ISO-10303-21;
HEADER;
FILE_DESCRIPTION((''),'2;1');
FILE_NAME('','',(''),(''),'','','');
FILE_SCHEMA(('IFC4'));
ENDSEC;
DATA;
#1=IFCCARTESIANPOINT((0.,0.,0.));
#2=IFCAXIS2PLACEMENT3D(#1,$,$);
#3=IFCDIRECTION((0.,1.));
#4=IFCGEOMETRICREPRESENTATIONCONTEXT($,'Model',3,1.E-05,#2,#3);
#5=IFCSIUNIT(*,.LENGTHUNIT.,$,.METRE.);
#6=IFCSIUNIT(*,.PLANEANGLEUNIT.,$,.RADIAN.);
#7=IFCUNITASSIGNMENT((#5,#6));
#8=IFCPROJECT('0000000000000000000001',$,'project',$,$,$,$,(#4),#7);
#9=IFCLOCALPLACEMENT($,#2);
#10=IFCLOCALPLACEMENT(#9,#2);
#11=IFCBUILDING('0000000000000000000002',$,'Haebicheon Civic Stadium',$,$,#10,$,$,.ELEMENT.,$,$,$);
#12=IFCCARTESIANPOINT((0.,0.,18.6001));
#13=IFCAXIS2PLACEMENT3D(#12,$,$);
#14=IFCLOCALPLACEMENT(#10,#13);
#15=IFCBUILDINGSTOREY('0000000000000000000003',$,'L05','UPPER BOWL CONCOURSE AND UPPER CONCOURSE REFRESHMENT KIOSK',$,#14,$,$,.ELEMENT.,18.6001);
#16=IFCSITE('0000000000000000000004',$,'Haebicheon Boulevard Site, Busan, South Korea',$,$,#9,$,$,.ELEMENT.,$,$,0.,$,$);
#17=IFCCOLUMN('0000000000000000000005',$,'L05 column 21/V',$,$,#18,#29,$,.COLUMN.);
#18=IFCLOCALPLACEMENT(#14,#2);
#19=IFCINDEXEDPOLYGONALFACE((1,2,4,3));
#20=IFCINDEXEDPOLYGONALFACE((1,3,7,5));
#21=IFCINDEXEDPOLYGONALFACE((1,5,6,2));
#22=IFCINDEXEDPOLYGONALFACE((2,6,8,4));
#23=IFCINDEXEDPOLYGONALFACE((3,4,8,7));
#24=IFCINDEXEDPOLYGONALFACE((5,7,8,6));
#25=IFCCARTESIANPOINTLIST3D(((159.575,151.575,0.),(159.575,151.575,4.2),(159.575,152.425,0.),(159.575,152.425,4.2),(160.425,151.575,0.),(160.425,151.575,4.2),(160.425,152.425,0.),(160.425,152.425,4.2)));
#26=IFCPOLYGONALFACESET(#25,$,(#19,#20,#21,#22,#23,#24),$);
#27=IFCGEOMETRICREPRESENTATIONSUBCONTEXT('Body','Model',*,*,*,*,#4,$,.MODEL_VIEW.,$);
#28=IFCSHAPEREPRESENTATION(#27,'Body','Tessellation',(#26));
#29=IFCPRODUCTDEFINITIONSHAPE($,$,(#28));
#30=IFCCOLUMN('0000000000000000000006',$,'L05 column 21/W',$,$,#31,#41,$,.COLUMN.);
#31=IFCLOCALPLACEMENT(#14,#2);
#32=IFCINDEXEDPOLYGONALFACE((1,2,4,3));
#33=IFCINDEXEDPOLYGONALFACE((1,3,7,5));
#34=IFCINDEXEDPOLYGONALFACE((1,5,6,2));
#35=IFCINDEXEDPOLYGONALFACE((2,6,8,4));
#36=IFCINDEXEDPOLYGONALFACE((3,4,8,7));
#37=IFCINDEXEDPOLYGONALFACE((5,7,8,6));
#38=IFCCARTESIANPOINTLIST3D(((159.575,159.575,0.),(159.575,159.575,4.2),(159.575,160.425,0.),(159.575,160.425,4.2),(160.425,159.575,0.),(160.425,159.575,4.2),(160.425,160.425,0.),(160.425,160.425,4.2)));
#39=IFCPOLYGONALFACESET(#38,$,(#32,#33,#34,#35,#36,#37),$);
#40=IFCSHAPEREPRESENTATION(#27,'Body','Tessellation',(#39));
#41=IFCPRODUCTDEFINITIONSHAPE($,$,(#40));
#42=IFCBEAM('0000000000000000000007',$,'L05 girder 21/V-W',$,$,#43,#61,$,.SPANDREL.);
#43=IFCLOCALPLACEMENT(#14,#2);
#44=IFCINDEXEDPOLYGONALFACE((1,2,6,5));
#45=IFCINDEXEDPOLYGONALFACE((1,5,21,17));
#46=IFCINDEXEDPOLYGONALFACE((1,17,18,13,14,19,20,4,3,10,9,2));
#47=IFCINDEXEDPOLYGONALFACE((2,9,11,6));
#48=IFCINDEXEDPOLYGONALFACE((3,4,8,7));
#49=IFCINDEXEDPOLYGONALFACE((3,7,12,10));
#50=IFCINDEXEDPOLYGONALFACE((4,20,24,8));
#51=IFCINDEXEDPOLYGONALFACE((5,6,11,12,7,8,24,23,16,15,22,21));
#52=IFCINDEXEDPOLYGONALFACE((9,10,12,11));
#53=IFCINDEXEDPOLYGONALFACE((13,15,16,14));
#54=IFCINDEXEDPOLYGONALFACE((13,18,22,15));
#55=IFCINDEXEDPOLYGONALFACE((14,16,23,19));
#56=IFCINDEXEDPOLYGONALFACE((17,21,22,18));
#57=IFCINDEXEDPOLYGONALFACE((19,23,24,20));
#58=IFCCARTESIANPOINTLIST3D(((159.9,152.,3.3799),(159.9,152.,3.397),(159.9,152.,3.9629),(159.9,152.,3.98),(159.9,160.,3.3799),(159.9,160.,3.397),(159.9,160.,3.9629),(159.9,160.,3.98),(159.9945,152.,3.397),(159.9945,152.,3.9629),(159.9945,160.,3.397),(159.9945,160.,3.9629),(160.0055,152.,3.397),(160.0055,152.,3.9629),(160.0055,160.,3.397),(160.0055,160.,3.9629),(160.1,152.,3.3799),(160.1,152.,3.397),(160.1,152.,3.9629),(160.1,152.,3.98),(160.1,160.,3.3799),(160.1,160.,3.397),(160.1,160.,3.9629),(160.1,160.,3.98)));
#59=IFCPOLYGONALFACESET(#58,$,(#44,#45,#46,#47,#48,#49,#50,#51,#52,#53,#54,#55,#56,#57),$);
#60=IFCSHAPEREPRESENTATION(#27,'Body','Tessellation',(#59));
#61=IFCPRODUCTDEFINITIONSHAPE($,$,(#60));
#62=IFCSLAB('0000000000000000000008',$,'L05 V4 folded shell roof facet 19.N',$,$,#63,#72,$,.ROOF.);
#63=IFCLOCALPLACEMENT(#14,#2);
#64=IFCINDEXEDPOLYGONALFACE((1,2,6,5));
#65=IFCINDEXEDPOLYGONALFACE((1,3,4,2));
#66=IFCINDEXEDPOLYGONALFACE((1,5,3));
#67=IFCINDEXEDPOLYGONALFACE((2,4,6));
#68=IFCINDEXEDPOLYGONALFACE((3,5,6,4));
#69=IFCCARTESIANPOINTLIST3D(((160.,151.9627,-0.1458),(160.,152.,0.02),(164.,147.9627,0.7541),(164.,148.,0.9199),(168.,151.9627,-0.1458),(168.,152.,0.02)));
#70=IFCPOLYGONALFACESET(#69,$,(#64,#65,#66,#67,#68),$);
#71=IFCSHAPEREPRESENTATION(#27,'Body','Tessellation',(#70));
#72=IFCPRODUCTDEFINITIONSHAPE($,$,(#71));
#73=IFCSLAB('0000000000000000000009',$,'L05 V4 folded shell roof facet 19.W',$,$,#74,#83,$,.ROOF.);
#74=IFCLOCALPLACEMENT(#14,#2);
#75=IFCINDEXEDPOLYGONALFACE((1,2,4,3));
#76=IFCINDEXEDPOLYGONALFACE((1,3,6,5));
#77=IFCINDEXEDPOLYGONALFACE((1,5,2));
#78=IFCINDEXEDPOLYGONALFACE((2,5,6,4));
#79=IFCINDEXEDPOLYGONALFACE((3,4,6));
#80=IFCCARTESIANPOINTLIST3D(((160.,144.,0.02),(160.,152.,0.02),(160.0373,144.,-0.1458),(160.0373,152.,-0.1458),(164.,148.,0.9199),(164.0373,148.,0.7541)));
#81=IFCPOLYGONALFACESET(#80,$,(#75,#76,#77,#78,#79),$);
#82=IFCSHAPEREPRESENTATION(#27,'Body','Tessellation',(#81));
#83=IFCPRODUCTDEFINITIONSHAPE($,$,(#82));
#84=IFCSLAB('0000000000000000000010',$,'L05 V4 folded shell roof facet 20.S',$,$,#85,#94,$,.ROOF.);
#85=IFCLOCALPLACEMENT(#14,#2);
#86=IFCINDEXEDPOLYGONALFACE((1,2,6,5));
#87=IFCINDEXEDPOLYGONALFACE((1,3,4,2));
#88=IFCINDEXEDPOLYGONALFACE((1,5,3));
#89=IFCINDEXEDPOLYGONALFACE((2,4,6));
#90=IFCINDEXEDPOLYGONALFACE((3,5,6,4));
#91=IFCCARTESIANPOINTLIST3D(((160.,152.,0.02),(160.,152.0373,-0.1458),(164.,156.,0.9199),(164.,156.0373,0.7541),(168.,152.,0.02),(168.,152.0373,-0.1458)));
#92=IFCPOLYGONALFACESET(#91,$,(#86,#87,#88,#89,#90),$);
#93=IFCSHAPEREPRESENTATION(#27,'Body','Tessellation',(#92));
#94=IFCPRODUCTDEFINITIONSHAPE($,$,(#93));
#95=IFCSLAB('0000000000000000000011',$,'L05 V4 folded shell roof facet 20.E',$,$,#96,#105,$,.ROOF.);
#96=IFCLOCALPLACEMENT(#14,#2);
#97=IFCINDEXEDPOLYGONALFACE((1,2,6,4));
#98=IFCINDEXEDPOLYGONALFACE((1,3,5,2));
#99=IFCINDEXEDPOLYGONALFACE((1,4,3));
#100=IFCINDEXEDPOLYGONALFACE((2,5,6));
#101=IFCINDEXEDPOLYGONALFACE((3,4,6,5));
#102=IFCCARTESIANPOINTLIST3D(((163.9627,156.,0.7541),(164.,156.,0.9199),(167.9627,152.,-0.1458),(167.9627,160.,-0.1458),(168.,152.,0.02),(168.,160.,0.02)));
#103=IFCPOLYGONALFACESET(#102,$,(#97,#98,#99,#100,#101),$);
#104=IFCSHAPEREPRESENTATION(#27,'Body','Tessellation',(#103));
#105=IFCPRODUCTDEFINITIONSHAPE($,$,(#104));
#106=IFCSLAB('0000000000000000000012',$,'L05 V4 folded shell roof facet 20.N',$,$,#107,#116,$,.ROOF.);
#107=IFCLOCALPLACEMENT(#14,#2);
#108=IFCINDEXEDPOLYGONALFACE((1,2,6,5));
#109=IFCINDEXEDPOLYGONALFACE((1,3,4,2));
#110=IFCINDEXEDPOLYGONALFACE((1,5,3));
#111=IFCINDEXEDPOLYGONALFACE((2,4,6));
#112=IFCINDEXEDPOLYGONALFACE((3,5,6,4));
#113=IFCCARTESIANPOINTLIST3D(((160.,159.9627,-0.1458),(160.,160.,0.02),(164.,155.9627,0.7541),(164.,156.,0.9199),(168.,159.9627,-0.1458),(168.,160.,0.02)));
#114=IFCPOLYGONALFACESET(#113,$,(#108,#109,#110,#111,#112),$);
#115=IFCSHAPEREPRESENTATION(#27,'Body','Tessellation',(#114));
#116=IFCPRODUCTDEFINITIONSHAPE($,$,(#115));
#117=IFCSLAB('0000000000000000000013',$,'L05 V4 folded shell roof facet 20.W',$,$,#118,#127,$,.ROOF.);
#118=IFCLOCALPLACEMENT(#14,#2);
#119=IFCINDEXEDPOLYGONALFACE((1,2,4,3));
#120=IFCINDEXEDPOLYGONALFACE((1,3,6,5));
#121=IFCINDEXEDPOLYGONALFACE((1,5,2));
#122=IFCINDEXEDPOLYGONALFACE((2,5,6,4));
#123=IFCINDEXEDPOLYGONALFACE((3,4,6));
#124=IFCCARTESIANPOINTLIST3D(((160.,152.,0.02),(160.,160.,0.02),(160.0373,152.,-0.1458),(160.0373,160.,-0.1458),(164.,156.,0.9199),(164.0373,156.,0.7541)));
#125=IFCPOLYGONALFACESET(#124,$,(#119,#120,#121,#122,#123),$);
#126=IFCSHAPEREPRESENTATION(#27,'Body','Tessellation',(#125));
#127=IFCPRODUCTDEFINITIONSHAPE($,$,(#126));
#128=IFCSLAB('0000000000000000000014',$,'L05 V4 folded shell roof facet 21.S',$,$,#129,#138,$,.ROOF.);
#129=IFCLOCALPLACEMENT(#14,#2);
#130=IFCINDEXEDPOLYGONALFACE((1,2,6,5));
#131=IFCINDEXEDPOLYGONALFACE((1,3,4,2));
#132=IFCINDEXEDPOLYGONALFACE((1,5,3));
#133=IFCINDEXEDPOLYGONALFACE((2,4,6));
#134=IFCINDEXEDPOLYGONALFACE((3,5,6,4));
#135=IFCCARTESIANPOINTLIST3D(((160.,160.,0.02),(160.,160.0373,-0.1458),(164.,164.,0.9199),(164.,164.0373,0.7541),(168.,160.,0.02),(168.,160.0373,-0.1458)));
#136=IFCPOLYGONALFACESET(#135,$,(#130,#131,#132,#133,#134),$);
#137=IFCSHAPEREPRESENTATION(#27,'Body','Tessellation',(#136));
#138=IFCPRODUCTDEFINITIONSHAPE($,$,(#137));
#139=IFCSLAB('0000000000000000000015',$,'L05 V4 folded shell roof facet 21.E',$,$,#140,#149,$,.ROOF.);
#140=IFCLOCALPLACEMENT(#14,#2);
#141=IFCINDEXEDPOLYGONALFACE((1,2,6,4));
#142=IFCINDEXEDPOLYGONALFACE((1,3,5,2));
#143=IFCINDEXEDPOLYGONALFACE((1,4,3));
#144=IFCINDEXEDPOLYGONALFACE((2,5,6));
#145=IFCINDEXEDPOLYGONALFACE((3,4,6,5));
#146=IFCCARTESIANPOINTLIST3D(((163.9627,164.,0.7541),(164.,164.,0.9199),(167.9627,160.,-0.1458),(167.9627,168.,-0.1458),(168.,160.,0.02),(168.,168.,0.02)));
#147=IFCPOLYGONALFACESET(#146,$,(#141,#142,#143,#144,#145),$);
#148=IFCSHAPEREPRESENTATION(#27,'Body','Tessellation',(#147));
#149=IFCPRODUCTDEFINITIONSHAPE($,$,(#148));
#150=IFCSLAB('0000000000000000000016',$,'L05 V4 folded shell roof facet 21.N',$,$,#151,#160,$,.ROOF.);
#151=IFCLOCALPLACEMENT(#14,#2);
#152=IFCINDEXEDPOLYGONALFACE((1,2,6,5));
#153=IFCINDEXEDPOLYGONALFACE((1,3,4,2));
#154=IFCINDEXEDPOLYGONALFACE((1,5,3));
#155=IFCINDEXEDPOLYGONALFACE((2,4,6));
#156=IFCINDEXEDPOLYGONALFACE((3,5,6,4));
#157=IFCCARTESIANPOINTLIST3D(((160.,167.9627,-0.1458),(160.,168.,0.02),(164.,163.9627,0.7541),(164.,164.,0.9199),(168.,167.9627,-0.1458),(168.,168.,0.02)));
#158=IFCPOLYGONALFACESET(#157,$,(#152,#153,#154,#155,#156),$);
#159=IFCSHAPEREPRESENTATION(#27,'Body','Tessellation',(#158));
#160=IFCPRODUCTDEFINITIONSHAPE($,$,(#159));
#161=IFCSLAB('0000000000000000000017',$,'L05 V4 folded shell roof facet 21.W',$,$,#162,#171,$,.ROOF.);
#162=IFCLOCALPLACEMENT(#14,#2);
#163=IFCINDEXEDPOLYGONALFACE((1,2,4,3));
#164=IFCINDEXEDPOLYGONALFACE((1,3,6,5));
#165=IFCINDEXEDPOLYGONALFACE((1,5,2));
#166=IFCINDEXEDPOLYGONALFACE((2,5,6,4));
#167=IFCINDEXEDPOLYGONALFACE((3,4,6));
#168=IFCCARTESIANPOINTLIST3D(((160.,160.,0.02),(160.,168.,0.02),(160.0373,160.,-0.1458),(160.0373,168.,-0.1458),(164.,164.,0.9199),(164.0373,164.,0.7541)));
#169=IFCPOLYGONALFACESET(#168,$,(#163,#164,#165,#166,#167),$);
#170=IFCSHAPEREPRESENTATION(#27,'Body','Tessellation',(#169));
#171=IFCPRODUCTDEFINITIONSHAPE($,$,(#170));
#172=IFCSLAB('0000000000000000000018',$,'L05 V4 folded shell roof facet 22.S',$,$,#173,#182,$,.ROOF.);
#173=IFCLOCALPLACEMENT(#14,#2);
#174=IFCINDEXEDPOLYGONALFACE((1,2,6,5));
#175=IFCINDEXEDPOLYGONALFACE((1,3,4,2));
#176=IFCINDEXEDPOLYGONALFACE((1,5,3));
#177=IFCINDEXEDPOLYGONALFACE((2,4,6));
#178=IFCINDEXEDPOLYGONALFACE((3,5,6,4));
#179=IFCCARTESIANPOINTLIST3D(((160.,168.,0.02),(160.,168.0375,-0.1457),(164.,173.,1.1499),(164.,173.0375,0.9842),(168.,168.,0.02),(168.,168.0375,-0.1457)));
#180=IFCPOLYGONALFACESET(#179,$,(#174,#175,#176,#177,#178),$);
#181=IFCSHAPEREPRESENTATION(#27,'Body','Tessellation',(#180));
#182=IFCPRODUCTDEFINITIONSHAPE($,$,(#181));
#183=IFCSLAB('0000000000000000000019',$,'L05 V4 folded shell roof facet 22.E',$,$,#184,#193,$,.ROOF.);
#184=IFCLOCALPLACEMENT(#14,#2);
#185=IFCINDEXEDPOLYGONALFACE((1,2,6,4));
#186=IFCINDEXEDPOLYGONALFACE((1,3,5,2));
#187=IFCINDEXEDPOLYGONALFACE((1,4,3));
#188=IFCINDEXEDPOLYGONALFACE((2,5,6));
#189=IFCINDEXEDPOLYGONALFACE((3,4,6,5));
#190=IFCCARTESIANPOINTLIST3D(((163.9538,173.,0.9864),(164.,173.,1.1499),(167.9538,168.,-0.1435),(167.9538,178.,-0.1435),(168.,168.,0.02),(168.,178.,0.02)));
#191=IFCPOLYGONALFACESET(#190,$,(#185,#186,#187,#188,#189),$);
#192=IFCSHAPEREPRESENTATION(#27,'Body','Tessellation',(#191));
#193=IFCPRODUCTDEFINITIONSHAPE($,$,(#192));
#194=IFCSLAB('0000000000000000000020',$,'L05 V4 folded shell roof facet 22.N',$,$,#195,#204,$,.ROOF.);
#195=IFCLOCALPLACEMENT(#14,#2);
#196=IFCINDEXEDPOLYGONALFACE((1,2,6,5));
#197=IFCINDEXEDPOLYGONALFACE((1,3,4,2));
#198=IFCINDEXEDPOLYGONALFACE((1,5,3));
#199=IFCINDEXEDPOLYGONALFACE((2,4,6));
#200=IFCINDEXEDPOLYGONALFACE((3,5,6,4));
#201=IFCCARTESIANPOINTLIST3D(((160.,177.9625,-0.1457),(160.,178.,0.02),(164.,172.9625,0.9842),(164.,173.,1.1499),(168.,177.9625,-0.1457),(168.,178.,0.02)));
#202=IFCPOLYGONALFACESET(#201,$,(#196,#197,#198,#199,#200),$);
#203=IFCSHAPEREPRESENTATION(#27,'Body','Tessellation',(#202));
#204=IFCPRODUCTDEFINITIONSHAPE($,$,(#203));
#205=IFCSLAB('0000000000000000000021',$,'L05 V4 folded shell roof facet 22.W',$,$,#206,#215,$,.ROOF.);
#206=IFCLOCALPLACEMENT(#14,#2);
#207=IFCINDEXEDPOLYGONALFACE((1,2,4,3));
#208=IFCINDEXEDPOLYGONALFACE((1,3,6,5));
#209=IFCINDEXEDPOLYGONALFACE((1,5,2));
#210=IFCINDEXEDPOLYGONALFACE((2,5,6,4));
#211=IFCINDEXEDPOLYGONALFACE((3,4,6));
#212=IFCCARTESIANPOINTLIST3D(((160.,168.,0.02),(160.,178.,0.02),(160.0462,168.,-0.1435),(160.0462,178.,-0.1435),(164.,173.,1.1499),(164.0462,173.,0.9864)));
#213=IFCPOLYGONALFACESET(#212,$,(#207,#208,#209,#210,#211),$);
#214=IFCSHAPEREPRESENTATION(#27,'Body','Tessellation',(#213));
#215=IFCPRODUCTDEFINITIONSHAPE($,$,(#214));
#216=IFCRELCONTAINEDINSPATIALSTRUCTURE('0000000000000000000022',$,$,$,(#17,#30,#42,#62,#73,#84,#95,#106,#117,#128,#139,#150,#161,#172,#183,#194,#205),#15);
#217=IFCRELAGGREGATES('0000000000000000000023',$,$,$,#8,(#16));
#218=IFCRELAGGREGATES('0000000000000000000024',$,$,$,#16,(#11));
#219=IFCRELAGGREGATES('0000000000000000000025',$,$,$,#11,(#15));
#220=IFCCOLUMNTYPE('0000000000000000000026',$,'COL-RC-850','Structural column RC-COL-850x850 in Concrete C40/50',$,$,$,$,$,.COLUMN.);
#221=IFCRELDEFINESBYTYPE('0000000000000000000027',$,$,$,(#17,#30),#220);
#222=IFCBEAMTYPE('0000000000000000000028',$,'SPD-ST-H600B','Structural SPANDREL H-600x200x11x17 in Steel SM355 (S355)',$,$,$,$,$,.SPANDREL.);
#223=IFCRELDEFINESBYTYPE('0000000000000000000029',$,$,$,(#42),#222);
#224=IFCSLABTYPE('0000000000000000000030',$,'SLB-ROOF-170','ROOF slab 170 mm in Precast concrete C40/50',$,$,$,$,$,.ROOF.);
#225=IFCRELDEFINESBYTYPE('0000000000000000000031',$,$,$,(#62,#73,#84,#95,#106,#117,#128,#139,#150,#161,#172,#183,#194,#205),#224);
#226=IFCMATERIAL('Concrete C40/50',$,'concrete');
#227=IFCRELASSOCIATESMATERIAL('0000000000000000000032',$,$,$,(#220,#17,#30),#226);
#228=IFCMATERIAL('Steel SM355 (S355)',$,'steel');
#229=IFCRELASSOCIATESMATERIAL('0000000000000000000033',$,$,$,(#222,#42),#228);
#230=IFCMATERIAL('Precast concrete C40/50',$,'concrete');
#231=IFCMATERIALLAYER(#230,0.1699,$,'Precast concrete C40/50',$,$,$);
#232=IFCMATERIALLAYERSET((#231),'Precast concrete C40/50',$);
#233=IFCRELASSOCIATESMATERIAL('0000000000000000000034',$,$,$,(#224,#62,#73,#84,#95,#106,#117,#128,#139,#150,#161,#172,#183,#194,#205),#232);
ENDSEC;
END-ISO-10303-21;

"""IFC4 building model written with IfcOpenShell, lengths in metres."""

from ifc_helpers import new_model, si_unit, direction, frame, origin, origin_2d, place, context, subcontext, project, spatial, polyline, rectangle, i_section, outline, extrude, material, layer, layer_set, material_profile, profile_set, type_object, element, save


model = new_model("IFC4")

# Units and contexts
model_context = context("Model", 3, precision=1e-05, world=origin(), true_north=direction((0.0, 1.0)))
body_context = subcontext(model_context, "Body", "Model", "MODEL_VIEW")
ifc_project = project(units=[si_unit("LENGTHUNIT", "METRE"), si_unit("PLANEANGLEUNIT", "RADIAN")], contexts=[model_context])

# Site, building, storey
site_placement = place(None, origin())
site = spatial("IfcSite", under=ifc_project, at=site_placement, Name="Haebicheon Boulevard Site, Busan, South Korea", CompositionType="ELEMENT", RefElevation=0.0)
building_placement = place(site_placement, origin())
building = spatial("IfcBuilding", under=site, at=building_placement, Name="Haebicheon Civic Stadium", CompositionType="ELEMENT")
storey_placement = place(building_placement, frame((0.0, 0.0, 18.6001)))
storey = spatial("IfcBuildingStorey", under=building, at=storey_placement, Name="L05", Description="UPPER BOWL CONCOURSE AND UPPER CONCOURSE REFRESHMENT KIOSK", CompositionType="ELEMENT", Elevation=18.6001)

# Columns
ifc_material_1 = material(Name="Concrete C40/50", Category="concrete")
ifc_material_profile_1 = material_profile(ifc_material_1, rectangle(XDim=0.8501, YDim=0.8501, at=origin_2d()), Name="RC-COL-850x850")
ifc_profile_set_1 = profile_set([ifc_material_profile_1], Name="Concrete C40/50")
column_type = type_object("IfcColumnType", Name="COL-RC-850", Description="Structural column RC-COL-850x850 in Concrete C40/50", PredefinedType="COLUMN", material=ifc_profile_set_1)
for number, where, z_axis, x_axis, name in (
    (1, (160.0, 152.0, 0.0), (0.0, 0.0, 1.0), (1.0, 0.0, 0.0), "L05 column 21/V"),
    (2, (160.0, 160.0, 0.0), (0.0, 0.0, 1.0), (1.0, 0.0, 0.0), "L05 column 21/W"),
):
    element("IfcColumn", number, at=place(storey_placement, frame(where, z_axis=z_axis, x_axis=x_axis)), inside=storey, type_object=column_type, material=ifc_profile_set_1, Name=name, PredefinedType="COLUMN", context=body_context, shape_type="SweptSolid", body=[
        extrude(rectangle(XDim=0.8501, YDim=0.8501, at=origin_2d()), origin(), (0.0, 0.0, 1.0), 4.2),
    ])

# Beam
ifc_material_2 = material(Name="Steel SM355 (S355)", Category="steel")
ifc_material_profile_2 = material_profile(ifc_material_2, i_section(OverallWidth=0.2, OverallDepth=0.6001, WebThickness=0.011, FlangeThickness=0.0171, at=origin_2d()), Name="H-600x200x11x17")
ifc_profile_set_2 = profile_set([ifc_material_profile_2], Name="Steel SM355 (S355)")
beam_type = type_object("IfcBeamType", Name="SPD-ST-H600B", Description="Structural SPANDREL H-600x200x11x17 in Steel SM355 (S355)", PredefinedType="SPANDREL", material=ifc_profile_set_2)
beam_placement = place(storey_placement, frame((160.0, 152.0, 3.6799), z_axis=(0.0, 1.0, 0.0), x_axis=(-1.0, 0.0, 0.0)))
element("IfcBeam", 3, at=beam_placement, inside=storey, type_object=beam_type, material=ifc_profile_set_2, Name="L05 girder 21/V-W", PredefinedType="SPANDREL", context=body_context, shape_type="SweptSolid", body=[
    extrude(i_section(OverallWidth=0.2, OverallDepth=0.6001, WebThickness=0.011, FlangeThickness=0.0171, at=origin_2d()), origin(), (0.0, 0.0, 1.0), 8.0),
])

# Slabs
ifc_material_3 = material(Name="Precast concrete C40/50", Category="concrete")
ifc_layer_1 = layer(ifc_material_3, 0.1699, Name="Precast concrete C40/50")
ifc_layer_set_1 = layer_set([ifc_layer_1], Name="Precast concrete C40/50")
slab_type = type_object("IfcSlabType", Name="SLB-ROOF-170", Description="ROOF slab 170 mm in Precast concrete C40/50", PredefinedType="ROOF", material=ifc_layer_set_1)
for number, where, z_axis, x_axis, name in (
    (4, (168.0, 152.0, 0.02), (0.0, 0.21949, 0.975615), (-1.0, 0.0, 0.0), "L05 V4 folded shell roof facet 19.N"),
    (5, (160.0, 152.0, 0.02), (-0.21949, 0.0, 0.975615), (0.0, -1.0, 0.0), "L05 V4 folded shell roof facet 19.W"),
    (6, (160.0, 152.0, 0.02), (0.0, -0.21949, 0.975615), (1.0, 0.0, 0.0), "L05 V4 folded shell roof facet 20.S"),
    (7, (168.0, 152.0, 0.02), (0.21949, 0.0, 0.975615), (0.0, 1.0, 0.0), "L05 V4 folded shell roof facet 20.E"),
    (8, (168.0, 160.0, 0.02), (0.0, 0.21949, 0.975615), (-1.0, 0.0, 0.0), "L05 V4 folded shell roof facet 20.N"),
    (9, (160.0, 160.0, 0.02), (-0.21949, 0.0, 0.975615), (0.0, -1.0, 0.0), "L05 V4 folded shell roof facet 20.W"),
    (10, (160.0, 160.0, 0.02), (0.0, -0.21949, 0.975615), (1.0, 0.0, 0.0), "L05 V4 folded shell roof facet 21.S"),
    (11, (168.0, 160.0, 0.02), (0.21949, 0.0, 0.975615), (0.0, 1.0, 0.0), "L05 V4 folded shell roof facet 21.E"),
    (12, (168.0, 168.0, 0.02), (0.0, 0.21949, 0.975615), (-1.0, 0.0, 0.0), "L05 V4 folded shell roof facet 21.N"),
    (13, (160.0, 168.0, 0.02), (-0.21949, 0.0, 0.975615), (0.0, -1.0, 0.0), "L05 V4 folded shell roof facet 21.W"),
):
    element("IfcSlab", number, at=place(storey_placement, frame(where, z_axis=z_axis, x_axis=x_axis)), inside=storey, type_object=slab_type, material=ifc_layer_set_1, Name=name, PredefinedType="ROOF", context=body_context, shape_type="SweptSolid", body=[
        extrude(outline(polyline([(0.0, 0.0), (8.0, 0.0), (4.0, 4.1), (0.0, 0.0)])), origin(), (0.0, 0.0, -1.0), 0.1699),
    ])
slab_1_placement = place(storey_placement, frame((160.0, 168.0, 0.02), z_axis=(0.0, -0.220419, 0.975405), x_axis=(1.0, 0.0, 0.0)))
element("IfcSlab", 14, at=slab_1_placement, inside=storey, type_object=slab_type, material=ifc_layer_set_1, Name="L05 V4 folded shell roof facet 22.S", PredefinedType="ROOF", context=body_context, shape_type="SweptSolid", body=[
    extrude(outline(polyline([(0.0, 0.0), (8.0, 0.0), (4.0, 5.1261), (0.0, 0.0)])), origin(), (0.0, 0.0, -1.0), 0.1699),
])
slab_2_placement = place(storey_placement, frame((168.0, 168.0, 0.02), z_axis=(0.271834, 0.0, 0.962344), x_axis=(0.0, 1.0, 0.0)))
element("IfcSlab", 15, at=slab_2_placement, inside=storey, type_object=slab_type, material=ifc_layer_set_1, Name="L05 V4 folded shell roof facet 22.E", PredefinedType="ROOF", context=body_context, shape_type="SweptSolid", body=[
    extrude(outline(polyline([(0.0, 0.0), (10.0, 0.0), (5.0, 4.1565), (0.0, 0.0)])), origin(), (0.0, 0.0, -1.0), 0.1699),
])
slab_3_placement = place(storey_placement, frame((168.0, 178.0, 0.02), z_axis=(0.0, 0.220419, 0.975405), x_axis=(-1.0, 0.0, 0.0)))
element("IfcSlab", 16, at=slab_3_placement, inside=storey, type_object=slab_type, material=ifc_layer_set_1, Name="L05 V4 folded shell roof facet 22.N", PredefinedType="ROOF", context=body_context, shape_type="SweptSolid", body=[
    extrude(outline(polyline([(0.0, 0.0), (8.0, 0.0), (4.0, 5.1261), (0.0, 0.0)])), origin(), (0.0, 0.0, -1.0), 0.1699),
])
slab_4_placement = place(storey_placement, frame((160.0, 178.0, 0.02), z_axis=(-0.271834, 0.0, 0.962344), x_axis=(0.0, -1.0, 0.0)))
element("IfcSlab", 17, at=slab_4_placement, inside=storey, type_object=slab_type, material=ifc_layer_set_1, Name="L05 V4 folded shell roof facet 22.W", PredefinedType="ROOF", context=body_context, shape_type="SweptSolid", body=[
    extrude(outline(polyline([(0.0, 0.0), (10.0, 0.0), (5.0, 4.1565), (0.0, 0.0)])), origin(), (0.0, 0.0, -1.0), 0.1699),
])

save(model, "model.ifc")
